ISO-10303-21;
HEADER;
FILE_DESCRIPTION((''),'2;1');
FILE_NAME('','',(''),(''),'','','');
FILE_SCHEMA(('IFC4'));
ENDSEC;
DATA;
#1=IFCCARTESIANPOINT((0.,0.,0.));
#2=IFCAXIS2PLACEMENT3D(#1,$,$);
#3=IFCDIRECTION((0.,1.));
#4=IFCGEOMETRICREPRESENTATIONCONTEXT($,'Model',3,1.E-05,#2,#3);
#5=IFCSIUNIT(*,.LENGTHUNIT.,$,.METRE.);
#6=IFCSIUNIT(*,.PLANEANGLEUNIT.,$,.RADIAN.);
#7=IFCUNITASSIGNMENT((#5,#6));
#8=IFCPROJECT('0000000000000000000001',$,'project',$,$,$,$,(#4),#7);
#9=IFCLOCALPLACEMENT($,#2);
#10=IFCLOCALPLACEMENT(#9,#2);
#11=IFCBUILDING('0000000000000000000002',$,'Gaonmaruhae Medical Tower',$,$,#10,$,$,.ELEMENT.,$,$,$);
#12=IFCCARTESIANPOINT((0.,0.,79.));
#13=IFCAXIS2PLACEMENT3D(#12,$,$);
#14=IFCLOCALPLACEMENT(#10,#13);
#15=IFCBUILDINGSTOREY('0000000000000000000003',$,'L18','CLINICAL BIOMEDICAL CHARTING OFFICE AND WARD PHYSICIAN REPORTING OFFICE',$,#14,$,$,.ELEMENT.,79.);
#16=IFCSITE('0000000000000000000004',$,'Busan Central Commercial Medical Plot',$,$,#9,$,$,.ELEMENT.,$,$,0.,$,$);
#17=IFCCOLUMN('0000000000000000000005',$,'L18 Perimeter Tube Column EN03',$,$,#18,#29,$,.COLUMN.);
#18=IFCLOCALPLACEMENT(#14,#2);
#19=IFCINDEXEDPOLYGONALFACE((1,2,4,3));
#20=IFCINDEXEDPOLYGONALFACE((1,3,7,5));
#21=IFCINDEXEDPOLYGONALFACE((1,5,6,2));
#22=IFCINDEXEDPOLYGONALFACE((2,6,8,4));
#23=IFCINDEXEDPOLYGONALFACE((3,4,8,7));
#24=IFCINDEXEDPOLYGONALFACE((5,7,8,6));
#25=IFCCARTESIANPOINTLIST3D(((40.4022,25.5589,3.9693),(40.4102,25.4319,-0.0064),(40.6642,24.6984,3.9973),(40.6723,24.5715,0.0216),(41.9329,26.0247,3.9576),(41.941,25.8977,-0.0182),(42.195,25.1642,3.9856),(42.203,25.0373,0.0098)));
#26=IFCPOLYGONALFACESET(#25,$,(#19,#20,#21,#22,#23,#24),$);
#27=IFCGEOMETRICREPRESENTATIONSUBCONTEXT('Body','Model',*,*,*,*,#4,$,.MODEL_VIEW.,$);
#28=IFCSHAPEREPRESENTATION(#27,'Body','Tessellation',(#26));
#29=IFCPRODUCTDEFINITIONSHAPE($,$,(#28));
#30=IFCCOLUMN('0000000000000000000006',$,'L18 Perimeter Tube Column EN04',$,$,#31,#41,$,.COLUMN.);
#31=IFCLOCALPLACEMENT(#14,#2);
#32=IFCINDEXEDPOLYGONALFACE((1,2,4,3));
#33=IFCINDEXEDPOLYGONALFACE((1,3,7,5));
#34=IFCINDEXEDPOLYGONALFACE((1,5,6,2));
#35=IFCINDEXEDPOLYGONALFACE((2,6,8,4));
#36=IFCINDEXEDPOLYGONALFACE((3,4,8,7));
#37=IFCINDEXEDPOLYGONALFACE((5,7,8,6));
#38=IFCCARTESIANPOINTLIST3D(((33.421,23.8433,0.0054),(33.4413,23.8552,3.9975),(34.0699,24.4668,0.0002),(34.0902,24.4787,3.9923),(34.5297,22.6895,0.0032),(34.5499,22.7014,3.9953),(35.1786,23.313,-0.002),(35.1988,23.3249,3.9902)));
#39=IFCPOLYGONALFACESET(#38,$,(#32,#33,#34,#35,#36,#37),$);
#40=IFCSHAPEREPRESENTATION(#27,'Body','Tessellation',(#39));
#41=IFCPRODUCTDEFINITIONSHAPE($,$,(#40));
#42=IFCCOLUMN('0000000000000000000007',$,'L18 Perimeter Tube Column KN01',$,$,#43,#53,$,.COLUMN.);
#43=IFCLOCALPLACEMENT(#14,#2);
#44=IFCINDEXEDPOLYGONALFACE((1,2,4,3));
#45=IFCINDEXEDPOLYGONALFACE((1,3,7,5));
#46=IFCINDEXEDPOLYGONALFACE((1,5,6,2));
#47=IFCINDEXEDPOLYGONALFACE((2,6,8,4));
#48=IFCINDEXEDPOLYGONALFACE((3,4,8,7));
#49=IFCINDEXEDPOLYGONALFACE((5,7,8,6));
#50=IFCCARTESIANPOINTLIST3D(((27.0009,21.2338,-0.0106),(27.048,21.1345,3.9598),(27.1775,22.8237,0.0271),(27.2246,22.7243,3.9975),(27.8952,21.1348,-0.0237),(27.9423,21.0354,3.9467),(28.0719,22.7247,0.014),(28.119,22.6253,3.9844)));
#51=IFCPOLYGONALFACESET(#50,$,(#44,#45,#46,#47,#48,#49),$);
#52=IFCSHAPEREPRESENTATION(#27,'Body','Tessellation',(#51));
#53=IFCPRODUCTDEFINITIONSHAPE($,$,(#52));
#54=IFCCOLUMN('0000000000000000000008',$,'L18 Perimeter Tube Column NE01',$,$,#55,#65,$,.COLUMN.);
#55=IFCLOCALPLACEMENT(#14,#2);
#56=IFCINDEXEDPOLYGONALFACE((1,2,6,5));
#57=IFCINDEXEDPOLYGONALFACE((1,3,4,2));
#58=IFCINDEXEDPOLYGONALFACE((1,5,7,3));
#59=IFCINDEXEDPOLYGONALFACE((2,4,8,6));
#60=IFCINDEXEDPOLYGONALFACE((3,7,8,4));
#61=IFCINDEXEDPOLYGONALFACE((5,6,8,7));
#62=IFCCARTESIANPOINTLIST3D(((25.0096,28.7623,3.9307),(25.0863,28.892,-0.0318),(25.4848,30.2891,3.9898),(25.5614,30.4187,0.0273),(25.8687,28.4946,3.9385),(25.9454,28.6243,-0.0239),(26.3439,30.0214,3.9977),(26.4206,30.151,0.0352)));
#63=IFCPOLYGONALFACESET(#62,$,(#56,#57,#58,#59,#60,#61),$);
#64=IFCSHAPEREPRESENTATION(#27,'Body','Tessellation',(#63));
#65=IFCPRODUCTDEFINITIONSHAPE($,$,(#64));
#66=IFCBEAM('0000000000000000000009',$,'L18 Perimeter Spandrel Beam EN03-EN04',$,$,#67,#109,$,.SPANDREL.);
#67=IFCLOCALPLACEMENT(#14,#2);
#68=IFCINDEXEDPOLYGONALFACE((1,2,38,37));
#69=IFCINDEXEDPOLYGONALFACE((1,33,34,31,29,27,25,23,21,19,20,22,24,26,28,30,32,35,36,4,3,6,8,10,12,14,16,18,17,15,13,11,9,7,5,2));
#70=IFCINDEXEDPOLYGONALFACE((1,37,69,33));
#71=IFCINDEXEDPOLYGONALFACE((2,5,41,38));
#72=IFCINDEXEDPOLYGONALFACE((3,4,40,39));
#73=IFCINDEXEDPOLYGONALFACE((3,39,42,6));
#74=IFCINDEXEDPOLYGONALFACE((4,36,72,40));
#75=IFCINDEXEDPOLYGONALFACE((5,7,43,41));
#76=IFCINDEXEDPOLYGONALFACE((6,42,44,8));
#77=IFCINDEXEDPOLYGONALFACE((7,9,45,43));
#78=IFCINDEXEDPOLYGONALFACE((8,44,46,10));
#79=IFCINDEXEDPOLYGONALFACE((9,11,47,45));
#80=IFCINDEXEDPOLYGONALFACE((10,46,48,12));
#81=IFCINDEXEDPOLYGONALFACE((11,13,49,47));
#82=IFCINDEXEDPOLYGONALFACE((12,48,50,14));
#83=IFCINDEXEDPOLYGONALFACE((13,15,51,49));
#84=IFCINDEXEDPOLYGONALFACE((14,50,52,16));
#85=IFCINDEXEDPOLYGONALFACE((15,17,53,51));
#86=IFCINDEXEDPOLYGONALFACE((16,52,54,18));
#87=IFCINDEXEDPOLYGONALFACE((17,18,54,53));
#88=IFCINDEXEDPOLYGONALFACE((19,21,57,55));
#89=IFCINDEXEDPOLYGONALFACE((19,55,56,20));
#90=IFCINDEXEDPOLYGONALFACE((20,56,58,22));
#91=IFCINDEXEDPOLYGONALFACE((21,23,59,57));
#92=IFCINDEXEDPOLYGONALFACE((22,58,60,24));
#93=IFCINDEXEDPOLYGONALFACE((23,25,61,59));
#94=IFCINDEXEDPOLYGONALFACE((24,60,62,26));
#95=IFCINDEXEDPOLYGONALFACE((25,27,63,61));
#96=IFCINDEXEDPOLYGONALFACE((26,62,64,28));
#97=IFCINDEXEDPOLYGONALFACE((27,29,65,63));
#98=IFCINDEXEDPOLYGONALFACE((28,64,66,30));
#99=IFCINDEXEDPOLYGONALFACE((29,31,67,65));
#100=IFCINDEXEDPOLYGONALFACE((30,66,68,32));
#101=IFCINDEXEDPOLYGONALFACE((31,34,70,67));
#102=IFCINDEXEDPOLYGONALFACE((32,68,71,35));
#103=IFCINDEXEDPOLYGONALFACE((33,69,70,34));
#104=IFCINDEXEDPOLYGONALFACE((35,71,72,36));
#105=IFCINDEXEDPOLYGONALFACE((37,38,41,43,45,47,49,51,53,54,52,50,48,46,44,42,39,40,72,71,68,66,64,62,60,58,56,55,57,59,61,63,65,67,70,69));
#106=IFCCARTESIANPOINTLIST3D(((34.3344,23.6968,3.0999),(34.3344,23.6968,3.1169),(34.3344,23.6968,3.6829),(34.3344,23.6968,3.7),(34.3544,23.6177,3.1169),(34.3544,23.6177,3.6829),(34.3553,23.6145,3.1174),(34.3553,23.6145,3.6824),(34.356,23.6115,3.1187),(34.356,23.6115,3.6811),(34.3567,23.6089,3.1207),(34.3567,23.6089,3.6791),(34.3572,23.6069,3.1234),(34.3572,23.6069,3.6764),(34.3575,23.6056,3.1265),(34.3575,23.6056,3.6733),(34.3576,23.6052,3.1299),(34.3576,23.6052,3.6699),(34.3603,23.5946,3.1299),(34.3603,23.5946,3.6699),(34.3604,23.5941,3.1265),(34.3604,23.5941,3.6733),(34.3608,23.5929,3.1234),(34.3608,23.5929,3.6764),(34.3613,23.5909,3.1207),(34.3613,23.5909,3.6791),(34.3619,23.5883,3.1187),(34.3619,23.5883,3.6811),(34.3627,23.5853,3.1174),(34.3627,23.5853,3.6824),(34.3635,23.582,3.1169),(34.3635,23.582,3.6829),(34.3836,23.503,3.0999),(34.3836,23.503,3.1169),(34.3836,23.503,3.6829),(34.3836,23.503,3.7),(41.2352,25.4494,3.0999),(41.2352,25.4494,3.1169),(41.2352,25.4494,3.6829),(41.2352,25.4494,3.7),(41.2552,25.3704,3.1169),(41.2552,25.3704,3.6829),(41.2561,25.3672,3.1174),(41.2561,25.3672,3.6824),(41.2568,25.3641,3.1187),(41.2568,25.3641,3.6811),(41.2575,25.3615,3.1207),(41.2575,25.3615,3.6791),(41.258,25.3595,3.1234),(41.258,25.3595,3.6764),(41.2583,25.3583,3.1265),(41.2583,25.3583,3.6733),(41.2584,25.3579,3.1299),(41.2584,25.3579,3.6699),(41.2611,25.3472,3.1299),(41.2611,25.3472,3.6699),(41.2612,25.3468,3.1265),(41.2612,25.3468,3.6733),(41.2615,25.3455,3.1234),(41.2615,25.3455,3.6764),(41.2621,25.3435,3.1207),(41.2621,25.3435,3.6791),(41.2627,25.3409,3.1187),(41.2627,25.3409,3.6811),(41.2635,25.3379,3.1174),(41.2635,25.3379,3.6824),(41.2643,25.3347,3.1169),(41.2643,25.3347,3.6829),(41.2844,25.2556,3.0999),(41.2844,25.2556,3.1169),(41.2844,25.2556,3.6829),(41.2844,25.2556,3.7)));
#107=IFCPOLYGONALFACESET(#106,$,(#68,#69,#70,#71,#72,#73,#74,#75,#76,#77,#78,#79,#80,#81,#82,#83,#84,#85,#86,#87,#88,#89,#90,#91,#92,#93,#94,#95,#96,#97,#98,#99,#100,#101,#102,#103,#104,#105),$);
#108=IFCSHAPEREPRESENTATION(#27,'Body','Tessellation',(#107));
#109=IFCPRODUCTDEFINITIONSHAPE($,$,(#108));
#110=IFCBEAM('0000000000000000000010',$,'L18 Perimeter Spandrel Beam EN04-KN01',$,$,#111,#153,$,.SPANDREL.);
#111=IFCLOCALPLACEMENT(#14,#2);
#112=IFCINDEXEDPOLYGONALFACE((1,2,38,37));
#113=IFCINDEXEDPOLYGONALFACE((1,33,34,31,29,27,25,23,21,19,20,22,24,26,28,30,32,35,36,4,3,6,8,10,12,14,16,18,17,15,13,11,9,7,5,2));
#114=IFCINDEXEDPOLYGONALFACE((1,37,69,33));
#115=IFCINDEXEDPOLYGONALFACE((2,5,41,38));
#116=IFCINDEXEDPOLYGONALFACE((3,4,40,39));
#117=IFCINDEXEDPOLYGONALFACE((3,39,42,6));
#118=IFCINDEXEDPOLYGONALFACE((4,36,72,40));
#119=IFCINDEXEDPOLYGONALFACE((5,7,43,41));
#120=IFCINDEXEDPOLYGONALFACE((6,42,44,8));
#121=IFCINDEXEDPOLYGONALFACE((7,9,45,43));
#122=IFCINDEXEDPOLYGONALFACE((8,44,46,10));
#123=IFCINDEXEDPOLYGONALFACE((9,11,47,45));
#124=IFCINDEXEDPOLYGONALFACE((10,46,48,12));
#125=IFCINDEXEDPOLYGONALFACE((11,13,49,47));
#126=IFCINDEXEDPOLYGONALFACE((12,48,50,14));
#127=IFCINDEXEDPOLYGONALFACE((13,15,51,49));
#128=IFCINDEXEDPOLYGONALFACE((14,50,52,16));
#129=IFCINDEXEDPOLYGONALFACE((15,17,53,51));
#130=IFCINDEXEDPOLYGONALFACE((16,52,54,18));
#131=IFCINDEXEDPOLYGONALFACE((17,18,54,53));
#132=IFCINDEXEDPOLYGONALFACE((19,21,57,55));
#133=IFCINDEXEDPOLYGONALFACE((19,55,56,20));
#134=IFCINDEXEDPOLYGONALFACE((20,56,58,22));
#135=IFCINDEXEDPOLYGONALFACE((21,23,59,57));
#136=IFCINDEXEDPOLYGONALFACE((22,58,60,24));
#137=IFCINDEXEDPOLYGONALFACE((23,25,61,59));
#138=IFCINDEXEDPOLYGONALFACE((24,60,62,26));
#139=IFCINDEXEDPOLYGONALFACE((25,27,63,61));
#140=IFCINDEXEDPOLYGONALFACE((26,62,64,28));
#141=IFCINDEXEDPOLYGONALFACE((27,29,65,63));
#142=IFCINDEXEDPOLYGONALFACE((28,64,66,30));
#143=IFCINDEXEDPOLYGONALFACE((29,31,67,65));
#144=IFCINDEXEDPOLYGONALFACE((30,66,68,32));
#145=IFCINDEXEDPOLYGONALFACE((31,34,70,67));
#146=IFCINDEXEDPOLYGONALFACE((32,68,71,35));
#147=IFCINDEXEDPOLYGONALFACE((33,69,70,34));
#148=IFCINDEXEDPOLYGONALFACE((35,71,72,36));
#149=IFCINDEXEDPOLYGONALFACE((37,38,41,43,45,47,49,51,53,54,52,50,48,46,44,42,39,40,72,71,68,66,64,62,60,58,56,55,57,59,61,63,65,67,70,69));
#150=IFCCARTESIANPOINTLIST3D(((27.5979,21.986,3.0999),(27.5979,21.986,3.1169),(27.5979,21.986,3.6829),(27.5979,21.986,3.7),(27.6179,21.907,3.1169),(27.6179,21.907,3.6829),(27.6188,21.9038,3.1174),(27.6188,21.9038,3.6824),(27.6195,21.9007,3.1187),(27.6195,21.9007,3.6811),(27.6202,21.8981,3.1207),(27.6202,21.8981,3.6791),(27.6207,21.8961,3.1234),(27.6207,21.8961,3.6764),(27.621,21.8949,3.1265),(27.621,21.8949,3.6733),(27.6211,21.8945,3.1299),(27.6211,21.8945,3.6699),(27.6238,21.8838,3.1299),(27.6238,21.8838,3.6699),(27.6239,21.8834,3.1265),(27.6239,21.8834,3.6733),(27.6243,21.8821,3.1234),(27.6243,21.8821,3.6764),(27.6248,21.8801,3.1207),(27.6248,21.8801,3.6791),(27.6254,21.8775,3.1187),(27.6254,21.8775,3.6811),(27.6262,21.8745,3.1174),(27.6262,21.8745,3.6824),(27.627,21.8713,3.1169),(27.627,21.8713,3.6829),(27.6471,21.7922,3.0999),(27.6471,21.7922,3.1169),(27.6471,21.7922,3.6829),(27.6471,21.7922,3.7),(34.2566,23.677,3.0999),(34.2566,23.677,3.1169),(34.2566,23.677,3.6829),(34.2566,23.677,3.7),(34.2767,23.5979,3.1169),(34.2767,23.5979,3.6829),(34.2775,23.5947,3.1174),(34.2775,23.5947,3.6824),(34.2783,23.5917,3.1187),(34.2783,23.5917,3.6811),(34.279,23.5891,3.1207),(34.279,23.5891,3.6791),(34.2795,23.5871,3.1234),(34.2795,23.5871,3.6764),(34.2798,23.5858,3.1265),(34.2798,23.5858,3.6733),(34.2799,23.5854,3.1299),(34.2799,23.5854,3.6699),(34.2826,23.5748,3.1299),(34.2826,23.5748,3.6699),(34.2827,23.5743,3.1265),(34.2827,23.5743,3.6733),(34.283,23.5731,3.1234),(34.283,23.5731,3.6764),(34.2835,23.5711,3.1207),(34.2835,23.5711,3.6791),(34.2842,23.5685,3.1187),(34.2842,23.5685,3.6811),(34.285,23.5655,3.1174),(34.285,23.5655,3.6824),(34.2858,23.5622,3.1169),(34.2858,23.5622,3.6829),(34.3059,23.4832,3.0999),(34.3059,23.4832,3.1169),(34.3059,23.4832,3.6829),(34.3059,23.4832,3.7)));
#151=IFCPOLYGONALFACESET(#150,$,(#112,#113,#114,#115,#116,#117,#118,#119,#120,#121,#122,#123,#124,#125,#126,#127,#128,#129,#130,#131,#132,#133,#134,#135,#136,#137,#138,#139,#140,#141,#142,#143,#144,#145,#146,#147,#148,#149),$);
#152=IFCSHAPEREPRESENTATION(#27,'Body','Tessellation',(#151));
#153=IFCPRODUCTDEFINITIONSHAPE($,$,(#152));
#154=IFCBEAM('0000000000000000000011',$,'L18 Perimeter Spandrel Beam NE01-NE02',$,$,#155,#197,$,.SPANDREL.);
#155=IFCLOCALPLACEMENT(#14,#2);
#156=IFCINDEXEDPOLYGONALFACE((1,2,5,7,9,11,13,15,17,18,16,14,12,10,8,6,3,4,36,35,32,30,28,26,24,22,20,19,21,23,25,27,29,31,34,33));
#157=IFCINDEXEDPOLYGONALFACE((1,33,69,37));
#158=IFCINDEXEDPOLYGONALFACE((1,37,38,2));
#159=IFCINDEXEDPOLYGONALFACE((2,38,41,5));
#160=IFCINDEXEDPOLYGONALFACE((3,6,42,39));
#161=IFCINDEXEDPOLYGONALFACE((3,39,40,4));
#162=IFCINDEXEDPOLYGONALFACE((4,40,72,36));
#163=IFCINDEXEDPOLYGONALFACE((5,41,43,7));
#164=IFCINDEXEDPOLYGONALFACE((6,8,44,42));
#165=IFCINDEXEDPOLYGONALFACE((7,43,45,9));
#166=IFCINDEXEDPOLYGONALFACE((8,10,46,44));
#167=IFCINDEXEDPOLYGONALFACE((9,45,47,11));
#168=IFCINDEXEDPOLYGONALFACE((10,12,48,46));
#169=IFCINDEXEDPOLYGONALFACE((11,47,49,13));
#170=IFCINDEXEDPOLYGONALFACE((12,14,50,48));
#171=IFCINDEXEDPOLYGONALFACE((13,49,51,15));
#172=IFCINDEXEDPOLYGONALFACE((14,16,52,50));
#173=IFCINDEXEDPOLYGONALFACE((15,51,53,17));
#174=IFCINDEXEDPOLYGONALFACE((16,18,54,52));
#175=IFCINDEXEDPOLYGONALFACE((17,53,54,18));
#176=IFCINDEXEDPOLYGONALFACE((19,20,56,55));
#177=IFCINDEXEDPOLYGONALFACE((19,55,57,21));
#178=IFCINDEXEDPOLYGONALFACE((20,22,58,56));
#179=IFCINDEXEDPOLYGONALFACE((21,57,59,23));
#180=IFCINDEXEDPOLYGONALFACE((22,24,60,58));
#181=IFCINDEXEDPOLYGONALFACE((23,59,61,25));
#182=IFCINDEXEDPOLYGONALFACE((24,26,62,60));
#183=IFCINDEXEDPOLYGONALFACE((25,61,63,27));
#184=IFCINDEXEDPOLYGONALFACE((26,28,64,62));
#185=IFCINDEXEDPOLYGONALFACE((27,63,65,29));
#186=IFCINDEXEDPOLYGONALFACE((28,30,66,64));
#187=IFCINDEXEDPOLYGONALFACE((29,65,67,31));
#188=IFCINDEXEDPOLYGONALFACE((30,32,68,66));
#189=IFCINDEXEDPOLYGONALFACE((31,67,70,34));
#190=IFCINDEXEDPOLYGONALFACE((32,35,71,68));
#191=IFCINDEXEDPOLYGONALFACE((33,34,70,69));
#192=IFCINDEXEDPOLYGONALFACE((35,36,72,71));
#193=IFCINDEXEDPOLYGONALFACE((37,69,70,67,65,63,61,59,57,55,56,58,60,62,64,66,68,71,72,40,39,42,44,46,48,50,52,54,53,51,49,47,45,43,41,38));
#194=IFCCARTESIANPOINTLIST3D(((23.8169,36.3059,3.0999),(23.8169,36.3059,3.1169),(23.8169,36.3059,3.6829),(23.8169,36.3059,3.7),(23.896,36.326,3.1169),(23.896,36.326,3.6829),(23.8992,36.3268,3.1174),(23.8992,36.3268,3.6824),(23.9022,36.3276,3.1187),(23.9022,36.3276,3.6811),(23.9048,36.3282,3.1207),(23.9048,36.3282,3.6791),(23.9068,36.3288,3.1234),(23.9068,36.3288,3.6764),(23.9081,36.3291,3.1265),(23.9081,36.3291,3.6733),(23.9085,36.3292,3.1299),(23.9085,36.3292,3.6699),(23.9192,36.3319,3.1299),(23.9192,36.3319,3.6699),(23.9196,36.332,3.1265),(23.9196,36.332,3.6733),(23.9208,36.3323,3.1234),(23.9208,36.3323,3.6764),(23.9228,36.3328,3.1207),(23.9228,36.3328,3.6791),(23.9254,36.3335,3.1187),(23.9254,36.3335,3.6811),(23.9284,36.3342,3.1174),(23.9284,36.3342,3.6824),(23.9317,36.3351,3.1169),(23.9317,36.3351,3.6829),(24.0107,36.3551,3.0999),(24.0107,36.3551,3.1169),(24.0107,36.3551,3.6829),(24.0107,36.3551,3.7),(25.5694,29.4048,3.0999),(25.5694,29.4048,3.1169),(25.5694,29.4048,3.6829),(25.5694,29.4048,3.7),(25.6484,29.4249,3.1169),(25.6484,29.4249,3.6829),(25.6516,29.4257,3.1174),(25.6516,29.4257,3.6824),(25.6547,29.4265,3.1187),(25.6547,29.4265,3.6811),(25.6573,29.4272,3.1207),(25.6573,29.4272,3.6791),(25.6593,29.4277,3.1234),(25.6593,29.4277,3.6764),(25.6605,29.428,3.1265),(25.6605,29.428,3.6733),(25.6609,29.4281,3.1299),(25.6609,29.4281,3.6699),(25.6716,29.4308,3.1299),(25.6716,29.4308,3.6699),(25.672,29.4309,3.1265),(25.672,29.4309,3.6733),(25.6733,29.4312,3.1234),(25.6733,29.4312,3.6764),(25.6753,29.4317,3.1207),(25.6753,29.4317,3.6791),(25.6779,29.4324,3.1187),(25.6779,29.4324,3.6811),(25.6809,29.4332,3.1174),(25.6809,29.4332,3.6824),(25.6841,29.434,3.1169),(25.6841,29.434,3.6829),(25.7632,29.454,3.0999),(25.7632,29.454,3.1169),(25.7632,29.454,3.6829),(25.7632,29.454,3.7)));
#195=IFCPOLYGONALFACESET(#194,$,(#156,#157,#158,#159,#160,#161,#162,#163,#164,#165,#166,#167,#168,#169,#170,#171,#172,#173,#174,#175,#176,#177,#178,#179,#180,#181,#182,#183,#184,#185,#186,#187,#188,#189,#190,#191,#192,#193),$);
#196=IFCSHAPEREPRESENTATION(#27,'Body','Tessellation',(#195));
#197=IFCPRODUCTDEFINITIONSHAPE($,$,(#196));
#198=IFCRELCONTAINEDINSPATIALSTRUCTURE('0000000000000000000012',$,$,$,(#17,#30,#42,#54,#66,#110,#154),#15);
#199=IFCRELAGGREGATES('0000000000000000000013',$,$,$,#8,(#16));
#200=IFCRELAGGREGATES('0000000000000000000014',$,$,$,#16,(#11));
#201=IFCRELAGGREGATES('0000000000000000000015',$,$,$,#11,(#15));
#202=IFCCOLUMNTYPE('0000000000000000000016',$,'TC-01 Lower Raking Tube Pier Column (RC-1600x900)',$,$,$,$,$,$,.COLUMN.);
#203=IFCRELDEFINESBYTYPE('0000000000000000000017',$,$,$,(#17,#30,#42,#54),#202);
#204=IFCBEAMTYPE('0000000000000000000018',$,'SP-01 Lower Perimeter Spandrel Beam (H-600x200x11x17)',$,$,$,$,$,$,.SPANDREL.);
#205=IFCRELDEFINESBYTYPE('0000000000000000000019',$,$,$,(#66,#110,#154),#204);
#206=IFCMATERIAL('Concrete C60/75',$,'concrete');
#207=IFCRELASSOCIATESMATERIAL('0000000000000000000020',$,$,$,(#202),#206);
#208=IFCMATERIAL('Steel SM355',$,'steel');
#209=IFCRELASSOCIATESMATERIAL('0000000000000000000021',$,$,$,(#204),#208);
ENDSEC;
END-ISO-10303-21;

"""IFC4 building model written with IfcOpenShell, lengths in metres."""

from ifc_helpers import new_model, si_unit, direction, frame, origin, origin_2d, place, context, subcontext, project, spatial, rectangle, i_section, extrude, material, material_profile, profile_set, type_object, element, save


model = new_model("IFC4")

# Units and contexts
model_context = context("Model", 3, precision=1e-05, world=origin(), true_north=direction((0.0, 1.0)))
body_context = subcontext(model_context, "Body", "Model", "MODEL_VIEW")
ifc_project = project(units=[si_unit("LENGTHUNIT", "METRE"), si_unit("PLANEANGLEUNIT", "RADIAN")], contexts=[model_context])

# Site, building, storey
site_placement = place(None, origin())
site = spatial("IfcSite", under=ifc_project, at=site_placement, Name="Busan Central Commercial Medical Plot", CompositionType="ELEMENT", RefElevation=0.0)
building_placement = place(site_placement, origin())
building = spatial("IfcBuilding", under=site, at=building_placement, Name="Gaonmaruhae Medical Tower", CompositionType="ELEMENT")
storey_placement = place(building_placement, frame((0.0, 0.0, 79.0)))
storey = spatial("IfcBuildingStorey", under=building, at=storey_placement, Name="L18", Description="CLINICAL BIOMEDICAL CHARTING OFFICE AND WARD PHYSICIAN REPORTING OFFICE", CompositionType="ELEMENT", Elevation=79.0)

# Columns
ifc_material_1 = material(Name="Concrete C60/75", Category="concrete")
ifc_material_profile_1 = material_profile(ifc_material_1, rectangle(XDim=1.6001, YDim=0.8999, at=origin_2d()), Name="RC-1600x900")
ifc_profile_set_1 = profile_set([ifc_material_profile_1], Name="Concrete C60/75")
column_type = type_object("IfcColumnType", Name="TC-01 Lower Raking Tube Pier Column (RC-1600x900)", PredefinedType="COLUMN", material=ifc_profile_set_1)
column_1_placement = place(storey_placement, frame((41.3066, 25.2346, 0.0017), z_axis=(-0.002025, 0.031915, 0.999489), x_axis=(-0.956663, -0.291106, 0.007357)))
element("IfcColumn", 1, at=column_1_placement, inside=storey, type_object=column_type, Name="L18 Perimeter Tube Column EN03", PredefinedType="COLUMN", context=body_context, shape_type="SweptSolid", body=[
    extrude(rectangle(XDim=1.6001, YDim=0.8999, at=origin_2d()), origin(), (0.0, 0.0, 1.0), 3.9778),
])
column_2_placement = place(storey_placement, frame((34.2998, 23.5781, 0.0017), z_axis=(0.005076, 0.002997, 0.999983), x_axis=(-0.692844, 0.721086, 0.001356)))
element("IfcColumn", 2, at=column_2_placement, inside=storey, type_object=column_type, Name="L18 Perimeter Tube Column EN04", PredefinedType="COLUMN", context=body_context, shape_type="SweptSolid", body=[
    extrude(rectangle(XDim=1.6001, YDim=0.8999, at=origin_2d()), origin(), (0.0, 0.0, 1.0), 3.9922),
])
column_3_placement = place(storey_placement, frame((27.5364, 21.9792, 0.0017), z_axis=(0.011863, -0.025017, 0.999617), x_axis=(0.110388, 0.993609, 0.023556)))
element("IfcColumn", 3, at=column_3_placement, inside=storey, type_object=column_type, Name="L18 Perimeter Tube Column KN01", PredefinedType="COLUMN", context=body_context, shape_type="SweptSolid", body=[
    extrude(rectangle(XDim=1.6001, YDim=0.8999, at=origin_2d()), origin(), (0.0, 0.0, 1.0), 3.9719),
])
column_4_placement = place(storey_placement, frame((25.7534, 29.5215, 0.0017), z_axis=(-0.019333, -0.032694, 0.999278), x_axis=(0.296974, 0.95417, 0.036963)))
element("IfcColumn", 4, at=column_4_placement, inside=storey, type_object=column_type, Name="L18 Perimeter Tube Column NE01", PredefinedType="COLUMN", context=body_context, shape_type="SweptSolid", body=[
    extrude(rectangle(XDim=1.6001, YDim=0.8999, at=origin_2d()), origin(), (0.0, 0.0, 1.0), 3.9653),
])

# Beams
ifc_material_2 = material(Name="Steel SM355", Category="steel")
ifc_material_profile_2 = material_profile(ifc_material_2, i_section(OverallWidth=0.2, OverallDepth=0.6001, WebThickness=0.011, FlangeThickness=0.0171, FilletRadius=0.0129, at=origin_2d()), Name="H-600x200x11x17")
ifc_profile_set_2 = profile_set([ifc_material_profile_2], Name="Steel SM355")
beam_type = type_object("IfcBeamType", Name="SP-01 Lower Perimeter Spandrel Beam (H-600x200x11x17)", PredefinedType="SPANDREL", material=ifc_profile_set_2)
beam_1_placement = place(storey_placement, frame((41.2598, 25.3525, 3.3999), z_axis=(-0.969228, -0.246165, 0.0), x_axis=(0.246165, -0.969228, 0.0)))
element("IfcBeam", 5, at=beam_1_placement, inside=storey, type_object=beam_type, Name="L18 Perimeter Spandrel Beam EN03-EN04", PredefinedType="SPANDREL", context=body_context, shape_type="SweptSolid", body=[
    extrude(i_section(OverallWidth=0.2, OverallDepth=0.6001, WebThickness=0.011, FlangeThickness=0.0171, FilletRadius=0.0129, at=origin_2d()), origin(), (0.0, 0.0, 1.0), 7.1199),
])
beam_2_placement = place(storey_placement, frame((34.2812, 23.5801, 3.3999), z_axis=(-0.969237, -0.246129, 0.0), x_axis=(0.246129, -0.969237, 0.0)))
element("IfcBeam", 6, at=beam_2_placement, inside=storey, type_object=beam_type, Name="L18 Perimeter Spandrel Beam EN04-KN01", PredefinedType="SPANDREL", context=body_context, shape_type="SweptSolid", body=[
    extrude(i_section(OverallWidth=0.2, OverallDepth=0.6001, WebThickness=0.011, FlangeThickness=0.0171, FilletRadius=0.0129, at=origin_2d()), origin(), (0.0, 0.0, 1.0), 6.8701),
])
beam_3_placement = place(storey_placement, frame((25.6663, 29.4294, 3.3999), z_axis=(-0.246124, 0.969238, 0.0), x_axis=(-0.969238, -0.246124, 0.0)))
element("IfcBeam", 7, at=beam_3_placement, inside=storey, type_object=beam_type, Name="L18 Perimeter Spandrel Beam NE01-NE02", PredefinedType="SPANDREL", context=body_context, shape_type="SweptSolid", body=[
    extrude(i_section(OverallWidth=0.2, OverallDepth=0.6001, WebThickness=0.011, FlangeThickness=0.0171, FilletRadius=0.0129, at=origin_2d()), origin(), (0.0, 0.0, 1.0), 7.1201),
])

save(model, "model.ifc")
